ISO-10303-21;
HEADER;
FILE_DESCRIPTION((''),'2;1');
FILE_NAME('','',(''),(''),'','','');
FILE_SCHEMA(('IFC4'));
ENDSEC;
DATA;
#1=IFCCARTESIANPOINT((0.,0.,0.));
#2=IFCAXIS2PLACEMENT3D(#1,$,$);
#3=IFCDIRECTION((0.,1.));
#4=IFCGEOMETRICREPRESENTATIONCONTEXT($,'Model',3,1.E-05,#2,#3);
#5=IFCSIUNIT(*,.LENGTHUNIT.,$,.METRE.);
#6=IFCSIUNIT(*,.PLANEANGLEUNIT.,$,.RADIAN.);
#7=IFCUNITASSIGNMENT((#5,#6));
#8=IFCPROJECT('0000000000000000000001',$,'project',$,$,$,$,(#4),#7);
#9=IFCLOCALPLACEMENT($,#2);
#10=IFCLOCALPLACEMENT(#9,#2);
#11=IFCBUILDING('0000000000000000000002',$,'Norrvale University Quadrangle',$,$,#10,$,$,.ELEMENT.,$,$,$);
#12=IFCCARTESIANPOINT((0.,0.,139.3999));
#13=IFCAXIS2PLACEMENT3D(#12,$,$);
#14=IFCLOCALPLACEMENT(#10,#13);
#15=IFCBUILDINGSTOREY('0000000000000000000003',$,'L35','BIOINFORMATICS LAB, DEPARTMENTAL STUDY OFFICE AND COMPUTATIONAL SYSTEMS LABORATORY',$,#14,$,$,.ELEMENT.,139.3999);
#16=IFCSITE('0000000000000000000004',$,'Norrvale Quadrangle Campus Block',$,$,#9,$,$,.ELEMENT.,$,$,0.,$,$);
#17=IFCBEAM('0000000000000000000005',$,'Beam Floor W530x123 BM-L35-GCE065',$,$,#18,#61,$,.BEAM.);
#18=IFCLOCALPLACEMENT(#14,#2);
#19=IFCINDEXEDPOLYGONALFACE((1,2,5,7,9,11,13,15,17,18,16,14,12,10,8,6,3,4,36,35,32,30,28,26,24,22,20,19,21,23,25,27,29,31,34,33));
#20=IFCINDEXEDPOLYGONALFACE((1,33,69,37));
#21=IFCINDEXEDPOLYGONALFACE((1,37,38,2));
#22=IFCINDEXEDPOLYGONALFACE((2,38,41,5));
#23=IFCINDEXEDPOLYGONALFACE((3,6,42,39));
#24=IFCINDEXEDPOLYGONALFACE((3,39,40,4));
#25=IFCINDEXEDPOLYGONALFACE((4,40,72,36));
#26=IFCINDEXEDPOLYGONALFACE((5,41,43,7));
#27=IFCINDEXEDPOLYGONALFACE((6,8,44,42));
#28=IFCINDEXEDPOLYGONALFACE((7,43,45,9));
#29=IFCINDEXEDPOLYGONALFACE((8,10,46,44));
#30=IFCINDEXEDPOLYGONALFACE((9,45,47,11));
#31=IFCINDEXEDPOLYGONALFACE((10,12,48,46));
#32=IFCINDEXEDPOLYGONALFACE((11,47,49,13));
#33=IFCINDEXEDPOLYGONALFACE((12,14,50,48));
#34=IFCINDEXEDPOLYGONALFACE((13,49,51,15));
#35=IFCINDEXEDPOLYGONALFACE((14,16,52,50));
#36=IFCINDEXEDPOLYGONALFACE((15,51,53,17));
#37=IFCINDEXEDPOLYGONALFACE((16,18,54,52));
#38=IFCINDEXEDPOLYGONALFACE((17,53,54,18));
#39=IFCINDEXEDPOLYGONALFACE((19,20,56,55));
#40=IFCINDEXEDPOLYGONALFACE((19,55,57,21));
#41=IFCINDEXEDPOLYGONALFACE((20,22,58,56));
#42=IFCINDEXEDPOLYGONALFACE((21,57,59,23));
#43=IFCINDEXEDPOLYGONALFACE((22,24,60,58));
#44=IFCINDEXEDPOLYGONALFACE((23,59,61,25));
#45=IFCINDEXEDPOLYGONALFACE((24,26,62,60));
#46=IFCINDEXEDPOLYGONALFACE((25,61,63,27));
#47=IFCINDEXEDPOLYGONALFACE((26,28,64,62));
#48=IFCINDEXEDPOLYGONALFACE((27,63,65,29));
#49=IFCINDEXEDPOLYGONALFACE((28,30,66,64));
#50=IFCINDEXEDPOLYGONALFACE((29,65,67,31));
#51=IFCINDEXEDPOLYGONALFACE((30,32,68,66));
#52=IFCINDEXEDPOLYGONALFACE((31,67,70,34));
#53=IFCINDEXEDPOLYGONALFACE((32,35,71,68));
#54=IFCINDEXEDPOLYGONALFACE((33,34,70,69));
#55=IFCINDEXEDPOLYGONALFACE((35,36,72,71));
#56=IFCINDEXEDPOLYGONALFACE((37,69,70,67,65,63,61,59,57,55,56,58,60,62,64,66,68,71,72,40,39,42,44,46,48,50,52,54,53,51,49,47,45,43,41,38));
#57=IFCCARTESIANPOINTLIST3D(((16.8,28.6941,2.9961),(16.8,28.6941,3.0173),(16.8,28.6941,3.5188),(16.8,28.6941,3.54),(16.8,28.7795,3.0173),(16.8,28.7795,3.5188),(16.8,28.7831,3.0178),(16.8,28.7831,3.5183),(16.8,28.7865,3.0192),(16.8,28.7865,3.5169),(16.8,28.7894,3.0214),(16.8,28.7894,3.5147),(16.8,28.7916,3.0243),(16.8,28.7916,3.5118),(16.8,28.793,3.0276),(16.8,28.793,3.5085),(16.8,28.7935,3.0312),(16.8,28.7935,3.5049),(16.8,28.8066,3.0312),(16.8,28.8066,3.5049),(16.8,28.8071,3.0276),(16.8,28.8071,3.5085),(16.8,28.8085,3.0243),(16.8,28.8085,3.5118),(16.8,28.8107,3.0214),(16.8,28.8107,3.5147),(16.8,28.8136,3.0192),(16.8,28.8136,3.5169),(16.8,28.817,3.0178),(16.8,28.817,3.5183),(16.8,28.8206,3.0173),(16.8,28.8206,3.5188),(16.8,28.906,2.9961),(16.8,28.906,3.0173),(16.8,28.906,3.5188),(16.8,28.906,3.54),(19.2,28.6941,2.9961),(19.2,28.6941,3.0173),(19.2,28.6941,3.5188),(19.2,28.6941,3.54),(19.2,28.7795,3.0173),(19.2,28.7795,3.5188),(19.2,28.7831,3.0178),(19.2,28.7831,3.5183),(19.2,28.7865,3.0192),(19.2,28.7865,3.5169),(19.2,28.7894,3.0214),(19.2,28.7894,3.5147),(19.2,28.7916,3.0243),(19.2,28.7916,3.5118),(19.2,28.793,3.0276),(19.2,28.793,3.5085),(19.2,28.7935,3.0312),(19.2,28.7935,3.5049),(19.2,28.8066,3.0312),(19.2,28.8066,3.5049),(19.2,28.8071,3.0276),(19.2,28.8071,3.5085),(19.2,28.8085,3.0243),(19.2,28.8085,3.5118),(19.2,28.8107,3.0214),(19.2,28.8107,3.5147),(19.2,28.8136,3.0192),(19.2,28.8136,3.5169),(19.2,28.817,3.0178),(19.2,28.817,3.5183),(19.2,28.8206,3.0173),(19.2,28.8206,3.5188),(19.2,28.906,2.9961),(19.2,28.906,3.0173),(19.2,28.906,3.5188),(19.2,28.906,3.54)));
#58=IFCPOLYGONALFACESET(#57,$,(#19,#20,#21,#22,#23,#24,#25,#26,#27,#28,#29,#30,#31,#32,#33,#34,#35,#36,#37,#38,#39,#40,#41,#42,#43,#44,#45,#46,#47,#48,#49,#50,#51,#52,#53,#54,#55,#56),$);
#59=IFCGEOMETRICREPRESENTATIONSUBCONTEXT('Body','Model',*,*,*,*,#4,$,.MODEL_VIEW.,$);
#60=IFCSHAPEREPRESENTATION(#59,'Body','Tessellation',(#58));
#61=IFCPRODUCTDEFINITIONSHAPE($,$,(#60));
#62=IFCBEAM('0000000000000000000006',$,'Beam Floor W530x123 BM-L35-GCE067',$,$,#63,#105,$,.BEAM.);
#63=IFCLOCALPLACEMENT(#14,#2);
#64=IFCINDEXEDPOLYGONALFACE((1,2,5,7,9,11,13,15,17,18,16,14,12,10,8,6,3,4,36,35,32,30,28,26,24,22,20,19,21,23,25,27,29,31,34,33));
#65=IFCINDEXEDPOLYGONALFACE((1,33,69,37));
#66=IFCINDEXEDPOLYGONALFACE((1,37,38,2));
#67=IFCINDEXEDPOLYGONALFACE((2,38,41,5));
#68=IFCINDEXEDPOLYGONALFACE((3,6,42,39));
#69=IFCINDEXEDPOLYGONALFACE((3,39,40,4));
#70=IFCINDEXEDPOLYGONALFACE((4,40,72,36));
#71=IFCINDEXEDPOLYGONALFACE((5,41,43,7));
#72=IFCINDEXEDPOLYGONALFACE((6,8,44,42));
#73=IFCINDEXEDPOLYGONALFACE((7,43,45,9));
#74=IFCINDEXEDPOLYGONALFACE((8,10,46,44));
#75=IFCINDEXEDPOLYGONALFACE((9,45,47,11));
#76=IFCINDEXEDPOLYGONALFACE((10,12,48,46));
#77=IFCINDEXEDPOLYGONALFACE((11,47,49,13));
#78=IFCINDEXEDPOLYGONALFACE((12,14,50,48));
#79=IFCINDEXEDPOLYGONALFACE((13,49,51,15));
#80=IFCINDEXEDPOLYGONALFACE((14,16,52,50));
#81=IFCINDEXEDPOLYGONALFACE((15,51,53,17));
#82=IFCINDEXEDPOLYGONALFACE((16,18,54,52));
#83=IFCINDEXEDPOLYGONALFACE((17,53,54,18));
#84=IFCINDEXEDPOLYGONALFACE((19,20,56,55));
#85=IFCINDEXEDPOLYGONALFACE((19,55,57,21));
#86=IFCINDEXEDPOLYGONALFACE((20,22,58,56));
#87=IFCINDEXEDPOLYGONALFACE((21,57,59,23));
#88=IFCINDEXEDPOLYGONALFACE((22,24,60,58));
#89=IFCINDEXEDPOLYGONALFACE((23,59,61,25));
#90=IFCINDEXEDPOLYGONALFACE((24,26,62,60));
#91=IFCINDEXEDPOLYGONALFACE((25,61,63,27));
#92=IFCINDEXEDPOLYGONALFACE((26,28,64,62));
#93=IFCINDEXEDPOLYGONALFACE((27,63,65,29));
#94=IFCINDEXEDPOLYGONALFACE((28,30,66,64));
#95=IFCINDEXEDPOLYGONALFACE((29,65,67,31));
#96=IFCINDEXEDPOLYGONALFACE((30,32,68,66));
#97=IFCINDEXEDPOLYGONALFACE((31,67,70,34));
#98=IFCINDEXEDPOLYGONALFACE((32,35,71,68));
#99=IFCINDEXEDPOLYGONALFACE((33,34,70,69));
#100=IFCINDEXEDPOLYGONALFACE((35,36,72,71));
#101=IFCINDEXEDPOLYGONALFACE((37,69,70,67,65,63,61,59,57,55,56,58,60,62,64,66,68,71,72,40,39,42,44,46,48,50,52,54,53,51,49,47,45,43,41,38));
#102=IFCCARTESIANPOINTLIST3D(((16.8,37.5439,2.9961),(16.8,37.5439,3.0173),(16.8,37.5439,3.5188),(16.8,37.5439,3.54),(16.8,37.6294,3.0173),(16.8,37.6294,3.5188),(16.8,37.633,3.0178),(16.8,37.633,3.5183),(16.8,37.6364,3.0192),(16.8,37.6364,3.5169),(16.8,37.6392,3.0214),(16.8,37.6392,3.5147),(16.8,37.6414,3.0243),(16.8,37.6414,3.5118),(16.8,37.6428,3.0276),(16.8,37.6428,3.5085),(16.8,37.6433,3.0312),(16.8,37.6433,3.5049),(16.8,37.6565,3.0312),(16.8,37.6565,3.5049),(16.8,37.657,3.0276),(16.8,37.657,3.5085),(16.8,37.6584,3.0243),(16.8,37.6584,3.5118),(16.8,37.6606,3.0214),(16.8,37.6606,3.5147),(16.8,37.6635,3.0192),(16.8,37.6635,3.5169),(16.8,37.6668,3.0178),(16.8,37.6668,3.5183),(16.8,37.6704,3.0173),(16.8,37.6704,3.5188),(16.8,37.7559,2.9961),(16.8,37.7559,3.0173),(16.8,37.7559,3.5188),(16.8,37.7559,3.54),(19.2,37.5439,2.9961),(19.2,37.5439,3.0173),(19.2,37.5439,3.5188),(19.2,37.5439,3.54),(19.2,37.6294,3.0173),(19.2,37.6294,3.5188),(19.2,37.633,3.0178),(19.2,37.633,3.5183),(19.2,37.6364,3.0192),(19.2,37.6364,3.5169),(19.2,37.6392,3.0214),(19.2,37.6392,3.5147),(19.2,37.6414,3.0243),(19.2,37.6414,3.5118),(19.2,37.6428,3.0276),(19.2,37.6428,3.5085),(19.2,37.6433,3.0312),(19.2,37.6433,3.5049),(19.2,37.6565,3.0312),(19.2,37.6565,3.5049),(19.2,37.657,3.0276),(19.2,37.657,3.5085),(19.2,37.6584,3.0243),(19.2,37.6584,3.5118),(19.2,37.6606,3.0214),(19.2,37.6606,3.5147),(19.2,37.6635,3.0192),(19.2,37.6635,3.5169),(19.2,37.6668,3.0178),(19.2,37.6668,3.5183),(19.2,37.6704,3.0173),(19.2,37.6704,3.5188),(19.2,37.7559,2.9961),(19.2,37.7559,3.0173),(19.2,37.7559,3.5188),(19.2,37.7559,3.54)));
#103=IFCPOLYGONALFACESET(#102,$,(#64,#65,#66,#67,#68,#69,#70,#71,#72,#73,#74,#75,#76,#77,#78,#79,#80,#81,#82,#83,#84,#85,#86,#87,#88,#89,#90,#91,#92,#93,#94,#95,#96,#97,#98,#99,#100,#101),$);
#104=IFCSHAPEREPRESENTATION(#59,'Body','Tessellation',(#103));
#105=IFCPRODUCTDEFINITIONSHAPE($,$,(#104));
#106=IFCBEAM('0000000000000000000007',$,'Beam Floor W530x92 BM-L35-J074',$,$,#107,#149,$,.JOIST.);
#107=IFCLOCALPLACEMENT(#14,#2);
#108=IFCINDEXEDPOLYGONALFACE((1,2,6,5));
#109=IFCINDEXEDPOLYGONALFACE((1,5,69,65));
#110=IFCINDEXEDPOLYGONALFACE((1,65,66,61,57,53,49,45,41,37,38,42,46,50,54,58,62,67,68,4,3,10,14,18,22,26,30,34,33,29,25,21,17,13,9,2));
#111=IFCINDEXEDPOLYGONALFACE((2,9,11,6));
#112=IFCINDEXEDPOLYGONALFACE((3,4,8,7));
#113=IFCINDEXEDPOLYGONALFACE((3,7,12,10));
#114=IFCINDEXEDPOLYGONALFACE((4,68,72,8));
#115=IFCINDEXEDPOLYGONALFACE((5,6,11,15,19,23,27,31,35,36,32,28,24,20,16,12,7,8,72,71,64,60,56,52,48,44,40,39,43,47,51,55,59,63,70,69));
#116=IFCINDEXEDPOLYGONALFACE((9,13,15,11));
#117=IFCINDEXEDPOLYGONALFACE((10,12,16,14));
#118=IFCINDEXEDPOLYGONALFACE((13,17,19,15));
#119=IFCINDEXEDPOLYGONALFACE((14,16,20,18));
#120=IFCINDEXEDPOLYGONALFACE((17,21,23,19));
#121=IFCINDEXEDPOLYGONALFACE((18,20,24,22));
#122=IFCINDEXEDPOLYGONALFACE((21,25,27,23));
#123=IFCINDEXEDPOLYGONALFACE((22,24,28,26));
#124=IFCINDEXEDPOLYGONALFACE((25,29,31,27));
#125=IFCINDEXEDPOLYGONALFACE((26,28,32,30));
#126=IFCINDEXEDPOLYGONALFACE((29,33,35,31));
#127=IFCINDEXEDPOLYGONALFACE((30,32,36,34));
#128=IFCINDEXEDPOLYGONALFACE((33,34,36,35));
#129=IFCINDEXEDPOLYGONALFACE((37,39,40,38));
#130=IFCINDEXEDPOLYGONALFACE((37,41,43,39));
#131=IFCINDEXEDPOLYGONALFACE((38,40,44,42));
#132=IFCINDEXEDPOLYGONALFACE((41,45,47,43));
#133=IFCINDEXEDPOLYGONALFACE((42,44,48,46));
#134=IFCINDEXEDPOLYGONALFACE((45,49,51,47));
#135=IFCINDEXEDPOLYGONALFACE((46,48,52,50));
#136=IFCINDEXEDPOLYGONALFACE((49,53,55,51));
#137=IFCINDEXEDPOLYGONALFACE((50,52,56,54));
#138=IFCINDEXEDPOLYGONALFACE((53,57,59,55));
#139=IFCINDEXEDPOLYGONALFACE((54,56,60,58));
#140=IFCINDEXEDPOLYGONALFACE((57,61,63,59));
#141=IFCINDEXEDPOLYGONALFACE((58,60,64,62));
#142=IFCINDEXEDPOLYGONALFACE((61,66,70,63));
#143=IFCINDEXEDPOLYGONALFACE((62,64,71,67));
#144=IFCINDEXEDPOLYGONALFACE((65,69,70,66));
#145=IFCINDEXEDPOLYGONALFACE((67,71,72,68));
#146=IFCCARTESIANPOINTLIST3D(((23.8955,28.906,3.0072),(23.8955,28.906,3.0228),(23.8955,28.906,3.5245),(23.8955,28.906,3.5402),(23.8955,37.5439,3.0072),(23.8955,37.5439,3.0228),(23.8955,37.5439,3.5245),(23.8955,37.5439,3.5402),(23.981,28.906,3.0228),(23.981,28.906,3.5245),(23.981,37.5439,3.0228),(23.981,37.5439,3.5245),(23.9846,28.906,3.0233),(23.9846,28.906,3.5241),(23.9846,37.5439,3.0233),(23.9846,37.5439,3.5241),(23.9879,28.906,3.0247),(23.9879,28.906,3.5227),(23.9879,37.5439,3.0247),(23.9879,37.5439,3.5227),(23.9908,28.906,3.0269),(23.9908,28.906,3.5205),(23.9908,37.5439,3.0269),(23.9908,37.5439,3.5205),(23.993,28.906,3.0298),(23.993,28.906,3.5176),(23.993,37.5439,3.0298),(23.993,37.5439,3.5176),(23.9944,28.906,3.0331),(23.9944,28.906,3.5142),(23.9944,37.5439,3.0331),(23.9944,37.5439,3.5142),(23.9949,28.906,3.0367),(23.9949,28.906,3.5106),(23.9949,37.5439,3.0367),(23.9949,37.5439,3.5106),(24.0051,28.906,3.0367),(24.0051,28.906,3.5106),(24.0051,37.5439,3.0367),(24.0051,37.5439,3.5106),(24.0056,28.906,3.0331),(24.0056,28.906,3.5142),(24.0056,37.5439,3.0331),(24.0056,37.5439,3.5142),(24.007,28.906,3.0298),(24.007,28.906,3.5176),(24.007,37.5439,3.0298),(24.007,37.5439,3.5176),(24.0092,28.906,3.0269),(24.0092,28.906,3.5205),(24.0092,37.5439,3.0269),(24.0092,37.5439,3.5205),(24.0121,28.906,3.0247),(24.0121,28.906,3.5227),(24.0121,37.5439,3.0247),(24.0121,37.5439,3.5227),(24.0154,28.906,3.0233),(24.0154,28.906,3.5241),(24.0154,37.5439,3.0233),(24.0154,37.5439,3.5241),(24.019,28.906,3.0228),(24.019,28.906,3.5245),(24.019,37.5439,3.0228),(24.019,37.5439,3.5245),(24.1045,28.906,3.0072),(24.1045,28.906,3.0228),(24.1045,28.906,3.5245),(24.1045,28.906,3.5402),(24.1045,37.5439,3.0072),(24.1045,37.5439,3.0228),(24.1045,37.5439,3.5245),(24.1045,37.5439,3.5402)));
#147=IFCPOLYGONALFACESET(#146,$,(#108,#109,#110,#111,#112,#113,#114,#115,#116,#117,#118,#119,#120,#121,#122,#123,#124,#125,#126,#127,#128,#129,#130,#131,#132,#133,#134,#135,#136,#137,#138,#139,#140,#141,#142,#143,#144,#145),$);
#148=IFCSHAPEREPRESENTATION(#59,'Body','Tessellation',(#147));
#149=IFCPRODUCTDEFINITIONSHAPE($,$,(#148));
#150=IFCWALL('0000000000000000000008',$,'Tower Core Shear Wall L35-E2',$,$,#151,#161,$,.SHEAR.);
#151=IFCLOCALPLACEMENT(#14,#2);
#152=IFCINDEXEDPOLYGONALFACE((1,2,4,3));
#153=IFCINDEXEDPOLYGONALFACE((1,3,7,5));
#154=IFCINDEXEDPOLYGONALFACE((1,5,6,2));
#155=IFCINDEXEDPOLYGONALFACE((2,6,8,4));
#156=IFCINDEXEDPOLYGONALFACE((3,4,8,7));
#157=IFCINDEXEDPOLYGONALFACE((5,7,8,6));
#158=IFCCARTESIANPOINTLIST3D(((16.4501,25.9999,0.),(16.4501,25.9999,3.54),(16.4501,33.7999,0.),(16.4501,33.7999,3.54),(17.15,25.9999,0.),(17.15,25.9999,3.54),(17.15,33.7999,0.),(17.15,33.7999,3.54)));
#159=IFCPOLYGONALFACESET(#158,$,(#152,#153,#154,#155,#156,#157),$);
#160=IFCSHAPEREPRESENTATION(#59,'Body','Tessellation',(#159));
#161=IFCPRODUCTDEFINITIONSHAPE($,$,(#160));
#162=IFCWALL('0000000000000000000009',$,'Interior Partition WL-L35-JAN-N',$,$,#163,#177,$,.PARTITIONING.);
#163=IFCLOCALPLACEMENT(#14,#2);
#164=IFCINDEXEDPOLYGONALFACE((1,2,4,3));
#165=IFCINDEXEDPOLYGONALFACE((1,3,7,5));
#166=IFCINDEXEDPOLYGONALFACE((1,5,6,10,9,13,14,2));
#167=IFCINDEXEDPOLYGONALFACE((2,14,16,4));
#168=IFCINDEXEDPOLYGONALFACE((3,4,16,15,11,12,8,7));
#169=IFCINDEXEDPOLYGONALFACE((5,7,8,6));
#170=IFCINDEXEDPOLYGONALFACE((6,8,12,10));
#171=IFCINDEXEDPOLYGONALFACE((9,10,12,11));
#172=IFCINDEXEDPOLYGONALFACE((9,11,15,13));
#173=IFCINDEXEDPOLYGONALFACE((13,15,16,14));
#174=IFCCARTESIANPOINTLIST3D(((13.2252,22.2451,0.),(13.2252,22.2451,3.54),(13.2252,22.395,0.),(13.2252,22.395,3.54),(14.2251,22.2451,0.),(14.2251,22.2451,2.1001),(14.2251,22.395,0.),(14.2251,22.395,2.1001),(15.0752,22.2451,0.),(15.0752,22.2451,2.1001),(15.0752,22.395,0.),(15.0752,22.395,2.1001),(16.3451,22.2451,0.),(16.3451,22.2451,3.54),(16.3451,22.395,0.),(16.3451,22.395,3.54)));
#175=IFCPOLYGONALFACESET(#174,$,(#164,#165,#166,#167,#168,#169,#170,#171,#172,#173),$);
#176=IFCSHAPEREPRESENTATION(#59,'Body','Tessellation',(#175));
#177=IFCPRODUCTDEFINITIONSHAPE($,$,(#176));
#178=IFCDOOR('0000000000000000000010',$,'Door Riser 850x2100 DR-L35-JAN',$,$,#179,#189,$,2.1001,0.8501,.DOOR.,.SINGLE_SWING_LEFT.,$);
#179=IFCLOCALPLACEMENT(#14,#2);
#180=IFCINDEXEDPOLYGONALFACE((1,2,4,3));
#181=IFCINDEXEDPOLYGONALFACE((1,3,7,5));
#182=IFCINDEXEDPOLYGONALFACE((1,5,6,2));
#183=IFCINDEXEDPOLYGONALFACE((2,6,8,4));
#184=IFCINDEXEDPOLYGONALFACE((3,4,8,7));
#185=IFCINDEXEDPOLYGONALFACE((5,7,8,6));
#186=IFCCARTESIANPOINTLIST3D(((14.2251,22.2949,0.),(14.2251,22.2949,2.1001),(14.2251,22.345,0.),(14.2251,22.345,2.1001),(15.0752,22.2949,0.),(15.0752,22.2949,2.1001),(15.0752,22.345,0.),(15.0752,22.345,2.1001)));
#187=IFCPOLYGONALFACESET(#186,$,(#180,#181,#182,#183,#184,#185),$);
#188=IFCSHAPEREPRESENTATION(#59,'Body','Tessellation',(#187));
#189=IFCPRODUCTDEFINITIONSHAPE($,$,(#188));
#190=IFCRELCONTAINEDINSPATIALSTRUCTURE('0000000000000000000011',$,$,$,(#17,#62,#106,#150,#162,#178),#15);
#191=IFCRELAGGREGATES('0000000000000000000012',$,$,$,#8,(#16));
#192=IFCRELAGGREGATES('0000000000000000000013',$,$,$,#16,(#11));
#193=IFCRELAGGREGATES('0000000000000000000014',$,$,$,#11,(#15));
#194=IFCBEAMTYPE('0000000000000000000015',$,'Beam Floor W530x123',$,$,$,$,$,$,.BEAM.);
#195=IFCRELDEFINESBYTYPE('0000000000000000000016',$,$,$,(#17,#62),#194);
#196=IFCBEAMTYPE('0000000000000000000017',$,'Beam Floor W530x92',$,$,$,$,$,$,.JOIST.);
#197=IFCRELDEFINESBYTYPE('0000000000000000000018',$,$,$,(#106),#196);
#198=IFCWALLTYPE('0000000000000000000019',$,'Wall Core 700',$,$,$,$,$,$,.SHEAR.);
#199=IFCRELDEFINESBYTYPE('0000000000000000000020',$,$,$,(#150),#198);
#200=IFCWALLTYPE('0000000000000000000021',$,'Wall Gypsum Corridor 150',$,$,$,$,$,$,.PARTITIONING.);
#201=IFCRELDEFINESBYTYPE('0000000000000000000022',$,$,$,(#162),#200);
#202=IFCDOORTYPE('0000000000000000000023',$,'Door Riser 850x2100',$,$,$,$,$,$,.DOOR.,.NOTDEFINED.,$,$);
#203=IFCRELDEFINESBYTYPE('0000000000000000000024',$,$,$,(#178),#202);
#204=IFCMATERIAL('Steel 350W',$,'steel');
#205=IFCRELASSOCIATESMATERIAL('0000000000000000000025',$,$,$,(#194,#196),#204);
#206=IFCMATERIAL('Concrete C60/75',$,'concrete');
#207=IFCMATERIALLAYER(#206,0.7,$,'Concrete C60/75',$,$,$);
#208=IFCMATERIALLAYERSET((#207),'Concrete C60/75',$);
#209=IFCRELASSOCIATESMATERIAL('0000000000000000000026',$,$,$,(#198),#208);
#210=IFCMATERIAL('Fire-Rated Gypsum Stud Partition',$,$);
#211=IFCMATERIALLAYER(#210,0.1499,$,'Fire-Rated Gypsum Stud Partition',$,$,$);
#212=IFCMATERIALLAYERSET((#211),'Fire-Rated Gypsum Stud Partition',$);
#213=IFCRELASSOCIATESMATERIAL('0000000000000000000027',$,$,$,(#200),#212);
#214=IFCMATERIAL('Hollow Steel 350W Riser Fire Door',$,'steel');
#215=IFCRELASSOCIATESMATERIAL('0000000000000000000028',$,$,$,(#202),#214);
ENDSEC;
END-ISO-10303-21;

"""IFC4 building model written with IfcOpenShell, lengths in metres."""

from ifc_helpers import new_model, si_unit, direction, frame, frame_2d, origin, origin_2d, place, context, subcontext, project, spatial, rectangle, i_section, extrude, material, layer, layer_set, material_profile, profile_set, type_object, element, fill, save


model = new_model("IFC4")

# Units and contexts
model_context = context("Model", 3, precision=1e-05, world=origin(), true_north=direction((0.0, 1.0)))
body_context = subcontext(model_context, "Body", "Model", "MODEL_VIEW")
ifc_project = project(units=[si_unit("LENGTHUNIT", "METRE"), si_unit("PLANEANGLEUNIT", "RADIAN")], contexts=[model_context])

# Site, building, storey
site_placement = place(None, origin())
site = spatial("IfcSite", under=ifc_project, at=site_placement, Name="Norrvale Quadrangle Campus Block", CompositionType="ELEMENT", RefElevation=0.0)
building_placement = place(site_placement, origin())
building = spatial("IfcBuilding", under=site, at=building_placement, Name="Norrvale University Quadrangle", CompositionType="ELEMENT")
storey_placement = place(building_placement, frame((0.0, 0.0, 139.3999)))
storey = spatial("IfcBuildingStorey", under=building, at=storey_placement, Name="L35", Description="BIOINFORMATICS LAB, DEPARTMENTAL STUDY OFFICE AND COMPUTATIONAL SYSTEMS LABORATORY", CompositionType="ELEMENT", Elevation=139.3999)

# Shared definitions
ifc_material_1 = material(Name="Concrete C60/75", Category="concrete")

# Beams
ifc_material_2 = material(Name="Steel 350W", Category="steel")
ifc_material_profile_1 = material_profile(ifc_material_2, i_section(OverallWidth=0.2119, OverallDepth=0.5439, WebThickness=0.0132, FlangeThickness=0.0212, FilletRadius=0.0139, at=origin_2d()), Name="Steel 350W")
ifc_profile_set_1 = profile_set([ifc_material_profile_1], Name="Steel 350W")
beam_type_1 = type_object("IfcBeamType", Name="Beam Floor W530x123", PredefinedType="BEAM", material=ifc_profile_set_1)
for number, where, z_axis, x_axis, name in (
    (1, (16.8, 28.8, 3.2681), (1.0, 0.0, 0.0), (0.0, 1.0, 0.0), "Beam Floor W530x123 BM-L35-GCE065"),
    (2, (16.8, 37.6499, 3.2681), (1.0, 0.0, 0.0), (0.0, 1.0, 0.0), "Beam Floor W530x123 BM-L35-GCE067"),
):
    element("IfcBeam", number, at=place(storey_placement, frame(where, z_axis=z_axis, x_axis=x_axis)), inside=storey, type_object=beam_type_1, Name=name, PredefinedType="BEAM", context=body_context, shape_type="SweptSolid", body=[
        extrude(i_section(OverallWidth=0.2119, OverallDepth=0.5439, WebThickness=0.0132, FlangeThickness=0.0212, FilletRadius=0.0139, at=origin_2d()), origin(), (0.0, 0.0, 1.0), 2.3999),
    ])
ifc_material_profile_2 = material_profile(ifc_material_2, i_section(OverallWidth=0.209, OverallDepth=0.533, WebThickness=0.0103, FlangeThickness=0.0156, FilletRadius=0.0139, at=origin_2d()), Name="Steel 350W")
ifc_profile_set_2 = profile_set([ifc_material_profile_2], Name="Steel 350W")
beam_type_2 = type_object("IfcBeamType", Name="Beam Floor W530x92", PredefinedType="JOIST", material=ifc_profile_set_2)
beam_1_placement = place(storey_placement, frame((24.0, 28.906, 3.2737), z_axis=(0.0, 1.0, 0.0), x_axis=(-1.0, 0.0, 0.0)))
element("IfcBeam", 3, at=beam_1_placement, inside=storey, type_object=beam_type_2, Name="Beam Floor W530x92 BM-L35-J074", PredefinedType="JOIST", context=body_context, shape_type="SweptSolid", body=[
    extrude(i_section(OverallWidth=0.209, OverallDepth=0.533, WebThickness=0.0103, FlangeThickness=0.0156, FilletRadius=0.0139, at=origin_2d()), origin(), (0.0, 0.0, 1.0), 8.6379),
])

# Wall
ifc_layer_1 = layer(ifc_material_1, 0.7, Name="Concrete C60/75")
ifc_layer_set_1 = layer_set([ifc_layer_1], Name="Concrete C60/75")
wall_type_1 = type_object("IfcWallType", Name="Wall Core 700", PredefinedType="SHEAR", material=ifc_layer_set_1)
wall_1_placement = place(storey_placement, frame((16.8, 26.0, 0.0), z_axis=(0.0, 0.0, 1.0), x_axis=(0.0, 1.0, 0.0)))
element("IfcWall", 4, at=wall_1_placement, inside=storey, type_object=wall_type_1, Name="Tower Core Shear Wall L35-E2", PredefinedType="SHEAR", context=body_context, shape_type="SweptSolid", body=[
    extrude(rectangle(XDim=7.8, YDim=0.7, at=frame_2d((3.8999, 0.0))), origin(), (0.0, 0.0, 1.0), 3.54),
])

# Wall, opening, door
ifc_material_3 = material(Name="Fire-Rated Gypsum Stud Partition")
ifc_layer_2 = layer(ifc_material_3, 0.1499, Name="Fire-Rated Gypsum Stud Partition")
ifc_layer_set_2 = layer_set([ifc_layer_2], Name="Fire-Rated Gypsum Stud Partition")
wall_type_2 = type_object("IfcWallType", Name="Wall Gypsum Corridor 150", PredefinedType="PARTITIONING", material=ifc_layer_set_2)
wall_2_placement = place(storey_placement, frame((13.2251, 22.3201, 0.0), z_axis=(0.0, 0.0, 1.0), x_axis=(1.0, 0.0, 0.0)))
wall_2 = element("IfcWall", 5, at=wall_2_placement, inside=storey, type_object=wall_type_2, Name="Interior Partition WL-L35-JAN-N", PredefinedType="PARTITIONING", context=body_context, shape_type="SweptSolid", body=[
    extrude(rectangle(XDim=3.1199, YDim=0.1499, at=frame_2d((1.5601, 0.0))), origin(), (0.0, 0.0, 1.0), 3.54),
])
opening_1_placement = place(wall_2_placement, frame((1.0, 0.0, 0.0)))
opening_1 = element("IfcOpeningElement", 6, at=opening_1_placement, cuts=wall_2, PredefinedType="OPENING", context=body_context, shape_type="SweptSolid", body=[
    extrude(rectangle(XDim=0.8501, YDim=2.1001, at=frame_2d((0.425, 1.05))), frame((0.0, 0.0869, 0.0), z_axis=(0.0, -1.0, 0.0), x_axis=(1.0, 0.0, 0.0)), (0.0, 0.0, 1.0), 0.1738),
])
ifc_material_4 = material(Name="Hollow Steel 350W Riser Fire Door", Category="steel")
door_type_1 = type_object("IfcDoorType", Name="Door Riser 850x2100", OperationType="NOTDEFINED", PredefinedType="DOOR", material=ifc_material_4)
door_1_placement = place(opening_1_placement, origin())
door_1 = element("IfcDoor", 7, at=door_1_placement, inside=storey, type_object=door_type_1, Name="Door Riser 850x2100 DR-L35-JAN", OperationType="SINGLE_SWING_LEFT", OverallHeight=2.1001, OverallWidth=0.8501, PredefinedType="DOOR", context=body_context, shape_type="SweptSolid", body=[
    extrude(rectangle(XDim=0.8501, YDim=2.1001, at=frame_2d((0.425, 1.05))), frame((0.0, 0.0249, 0.0), z_axis=(0.0, -1.0, 0.0), x_axis=(1.0, 0.0, 0.0)), (0.0, 0.0, 1.0), 0.05),
])
fill(opening_1, door_1)

save(model, "model.ifc")
